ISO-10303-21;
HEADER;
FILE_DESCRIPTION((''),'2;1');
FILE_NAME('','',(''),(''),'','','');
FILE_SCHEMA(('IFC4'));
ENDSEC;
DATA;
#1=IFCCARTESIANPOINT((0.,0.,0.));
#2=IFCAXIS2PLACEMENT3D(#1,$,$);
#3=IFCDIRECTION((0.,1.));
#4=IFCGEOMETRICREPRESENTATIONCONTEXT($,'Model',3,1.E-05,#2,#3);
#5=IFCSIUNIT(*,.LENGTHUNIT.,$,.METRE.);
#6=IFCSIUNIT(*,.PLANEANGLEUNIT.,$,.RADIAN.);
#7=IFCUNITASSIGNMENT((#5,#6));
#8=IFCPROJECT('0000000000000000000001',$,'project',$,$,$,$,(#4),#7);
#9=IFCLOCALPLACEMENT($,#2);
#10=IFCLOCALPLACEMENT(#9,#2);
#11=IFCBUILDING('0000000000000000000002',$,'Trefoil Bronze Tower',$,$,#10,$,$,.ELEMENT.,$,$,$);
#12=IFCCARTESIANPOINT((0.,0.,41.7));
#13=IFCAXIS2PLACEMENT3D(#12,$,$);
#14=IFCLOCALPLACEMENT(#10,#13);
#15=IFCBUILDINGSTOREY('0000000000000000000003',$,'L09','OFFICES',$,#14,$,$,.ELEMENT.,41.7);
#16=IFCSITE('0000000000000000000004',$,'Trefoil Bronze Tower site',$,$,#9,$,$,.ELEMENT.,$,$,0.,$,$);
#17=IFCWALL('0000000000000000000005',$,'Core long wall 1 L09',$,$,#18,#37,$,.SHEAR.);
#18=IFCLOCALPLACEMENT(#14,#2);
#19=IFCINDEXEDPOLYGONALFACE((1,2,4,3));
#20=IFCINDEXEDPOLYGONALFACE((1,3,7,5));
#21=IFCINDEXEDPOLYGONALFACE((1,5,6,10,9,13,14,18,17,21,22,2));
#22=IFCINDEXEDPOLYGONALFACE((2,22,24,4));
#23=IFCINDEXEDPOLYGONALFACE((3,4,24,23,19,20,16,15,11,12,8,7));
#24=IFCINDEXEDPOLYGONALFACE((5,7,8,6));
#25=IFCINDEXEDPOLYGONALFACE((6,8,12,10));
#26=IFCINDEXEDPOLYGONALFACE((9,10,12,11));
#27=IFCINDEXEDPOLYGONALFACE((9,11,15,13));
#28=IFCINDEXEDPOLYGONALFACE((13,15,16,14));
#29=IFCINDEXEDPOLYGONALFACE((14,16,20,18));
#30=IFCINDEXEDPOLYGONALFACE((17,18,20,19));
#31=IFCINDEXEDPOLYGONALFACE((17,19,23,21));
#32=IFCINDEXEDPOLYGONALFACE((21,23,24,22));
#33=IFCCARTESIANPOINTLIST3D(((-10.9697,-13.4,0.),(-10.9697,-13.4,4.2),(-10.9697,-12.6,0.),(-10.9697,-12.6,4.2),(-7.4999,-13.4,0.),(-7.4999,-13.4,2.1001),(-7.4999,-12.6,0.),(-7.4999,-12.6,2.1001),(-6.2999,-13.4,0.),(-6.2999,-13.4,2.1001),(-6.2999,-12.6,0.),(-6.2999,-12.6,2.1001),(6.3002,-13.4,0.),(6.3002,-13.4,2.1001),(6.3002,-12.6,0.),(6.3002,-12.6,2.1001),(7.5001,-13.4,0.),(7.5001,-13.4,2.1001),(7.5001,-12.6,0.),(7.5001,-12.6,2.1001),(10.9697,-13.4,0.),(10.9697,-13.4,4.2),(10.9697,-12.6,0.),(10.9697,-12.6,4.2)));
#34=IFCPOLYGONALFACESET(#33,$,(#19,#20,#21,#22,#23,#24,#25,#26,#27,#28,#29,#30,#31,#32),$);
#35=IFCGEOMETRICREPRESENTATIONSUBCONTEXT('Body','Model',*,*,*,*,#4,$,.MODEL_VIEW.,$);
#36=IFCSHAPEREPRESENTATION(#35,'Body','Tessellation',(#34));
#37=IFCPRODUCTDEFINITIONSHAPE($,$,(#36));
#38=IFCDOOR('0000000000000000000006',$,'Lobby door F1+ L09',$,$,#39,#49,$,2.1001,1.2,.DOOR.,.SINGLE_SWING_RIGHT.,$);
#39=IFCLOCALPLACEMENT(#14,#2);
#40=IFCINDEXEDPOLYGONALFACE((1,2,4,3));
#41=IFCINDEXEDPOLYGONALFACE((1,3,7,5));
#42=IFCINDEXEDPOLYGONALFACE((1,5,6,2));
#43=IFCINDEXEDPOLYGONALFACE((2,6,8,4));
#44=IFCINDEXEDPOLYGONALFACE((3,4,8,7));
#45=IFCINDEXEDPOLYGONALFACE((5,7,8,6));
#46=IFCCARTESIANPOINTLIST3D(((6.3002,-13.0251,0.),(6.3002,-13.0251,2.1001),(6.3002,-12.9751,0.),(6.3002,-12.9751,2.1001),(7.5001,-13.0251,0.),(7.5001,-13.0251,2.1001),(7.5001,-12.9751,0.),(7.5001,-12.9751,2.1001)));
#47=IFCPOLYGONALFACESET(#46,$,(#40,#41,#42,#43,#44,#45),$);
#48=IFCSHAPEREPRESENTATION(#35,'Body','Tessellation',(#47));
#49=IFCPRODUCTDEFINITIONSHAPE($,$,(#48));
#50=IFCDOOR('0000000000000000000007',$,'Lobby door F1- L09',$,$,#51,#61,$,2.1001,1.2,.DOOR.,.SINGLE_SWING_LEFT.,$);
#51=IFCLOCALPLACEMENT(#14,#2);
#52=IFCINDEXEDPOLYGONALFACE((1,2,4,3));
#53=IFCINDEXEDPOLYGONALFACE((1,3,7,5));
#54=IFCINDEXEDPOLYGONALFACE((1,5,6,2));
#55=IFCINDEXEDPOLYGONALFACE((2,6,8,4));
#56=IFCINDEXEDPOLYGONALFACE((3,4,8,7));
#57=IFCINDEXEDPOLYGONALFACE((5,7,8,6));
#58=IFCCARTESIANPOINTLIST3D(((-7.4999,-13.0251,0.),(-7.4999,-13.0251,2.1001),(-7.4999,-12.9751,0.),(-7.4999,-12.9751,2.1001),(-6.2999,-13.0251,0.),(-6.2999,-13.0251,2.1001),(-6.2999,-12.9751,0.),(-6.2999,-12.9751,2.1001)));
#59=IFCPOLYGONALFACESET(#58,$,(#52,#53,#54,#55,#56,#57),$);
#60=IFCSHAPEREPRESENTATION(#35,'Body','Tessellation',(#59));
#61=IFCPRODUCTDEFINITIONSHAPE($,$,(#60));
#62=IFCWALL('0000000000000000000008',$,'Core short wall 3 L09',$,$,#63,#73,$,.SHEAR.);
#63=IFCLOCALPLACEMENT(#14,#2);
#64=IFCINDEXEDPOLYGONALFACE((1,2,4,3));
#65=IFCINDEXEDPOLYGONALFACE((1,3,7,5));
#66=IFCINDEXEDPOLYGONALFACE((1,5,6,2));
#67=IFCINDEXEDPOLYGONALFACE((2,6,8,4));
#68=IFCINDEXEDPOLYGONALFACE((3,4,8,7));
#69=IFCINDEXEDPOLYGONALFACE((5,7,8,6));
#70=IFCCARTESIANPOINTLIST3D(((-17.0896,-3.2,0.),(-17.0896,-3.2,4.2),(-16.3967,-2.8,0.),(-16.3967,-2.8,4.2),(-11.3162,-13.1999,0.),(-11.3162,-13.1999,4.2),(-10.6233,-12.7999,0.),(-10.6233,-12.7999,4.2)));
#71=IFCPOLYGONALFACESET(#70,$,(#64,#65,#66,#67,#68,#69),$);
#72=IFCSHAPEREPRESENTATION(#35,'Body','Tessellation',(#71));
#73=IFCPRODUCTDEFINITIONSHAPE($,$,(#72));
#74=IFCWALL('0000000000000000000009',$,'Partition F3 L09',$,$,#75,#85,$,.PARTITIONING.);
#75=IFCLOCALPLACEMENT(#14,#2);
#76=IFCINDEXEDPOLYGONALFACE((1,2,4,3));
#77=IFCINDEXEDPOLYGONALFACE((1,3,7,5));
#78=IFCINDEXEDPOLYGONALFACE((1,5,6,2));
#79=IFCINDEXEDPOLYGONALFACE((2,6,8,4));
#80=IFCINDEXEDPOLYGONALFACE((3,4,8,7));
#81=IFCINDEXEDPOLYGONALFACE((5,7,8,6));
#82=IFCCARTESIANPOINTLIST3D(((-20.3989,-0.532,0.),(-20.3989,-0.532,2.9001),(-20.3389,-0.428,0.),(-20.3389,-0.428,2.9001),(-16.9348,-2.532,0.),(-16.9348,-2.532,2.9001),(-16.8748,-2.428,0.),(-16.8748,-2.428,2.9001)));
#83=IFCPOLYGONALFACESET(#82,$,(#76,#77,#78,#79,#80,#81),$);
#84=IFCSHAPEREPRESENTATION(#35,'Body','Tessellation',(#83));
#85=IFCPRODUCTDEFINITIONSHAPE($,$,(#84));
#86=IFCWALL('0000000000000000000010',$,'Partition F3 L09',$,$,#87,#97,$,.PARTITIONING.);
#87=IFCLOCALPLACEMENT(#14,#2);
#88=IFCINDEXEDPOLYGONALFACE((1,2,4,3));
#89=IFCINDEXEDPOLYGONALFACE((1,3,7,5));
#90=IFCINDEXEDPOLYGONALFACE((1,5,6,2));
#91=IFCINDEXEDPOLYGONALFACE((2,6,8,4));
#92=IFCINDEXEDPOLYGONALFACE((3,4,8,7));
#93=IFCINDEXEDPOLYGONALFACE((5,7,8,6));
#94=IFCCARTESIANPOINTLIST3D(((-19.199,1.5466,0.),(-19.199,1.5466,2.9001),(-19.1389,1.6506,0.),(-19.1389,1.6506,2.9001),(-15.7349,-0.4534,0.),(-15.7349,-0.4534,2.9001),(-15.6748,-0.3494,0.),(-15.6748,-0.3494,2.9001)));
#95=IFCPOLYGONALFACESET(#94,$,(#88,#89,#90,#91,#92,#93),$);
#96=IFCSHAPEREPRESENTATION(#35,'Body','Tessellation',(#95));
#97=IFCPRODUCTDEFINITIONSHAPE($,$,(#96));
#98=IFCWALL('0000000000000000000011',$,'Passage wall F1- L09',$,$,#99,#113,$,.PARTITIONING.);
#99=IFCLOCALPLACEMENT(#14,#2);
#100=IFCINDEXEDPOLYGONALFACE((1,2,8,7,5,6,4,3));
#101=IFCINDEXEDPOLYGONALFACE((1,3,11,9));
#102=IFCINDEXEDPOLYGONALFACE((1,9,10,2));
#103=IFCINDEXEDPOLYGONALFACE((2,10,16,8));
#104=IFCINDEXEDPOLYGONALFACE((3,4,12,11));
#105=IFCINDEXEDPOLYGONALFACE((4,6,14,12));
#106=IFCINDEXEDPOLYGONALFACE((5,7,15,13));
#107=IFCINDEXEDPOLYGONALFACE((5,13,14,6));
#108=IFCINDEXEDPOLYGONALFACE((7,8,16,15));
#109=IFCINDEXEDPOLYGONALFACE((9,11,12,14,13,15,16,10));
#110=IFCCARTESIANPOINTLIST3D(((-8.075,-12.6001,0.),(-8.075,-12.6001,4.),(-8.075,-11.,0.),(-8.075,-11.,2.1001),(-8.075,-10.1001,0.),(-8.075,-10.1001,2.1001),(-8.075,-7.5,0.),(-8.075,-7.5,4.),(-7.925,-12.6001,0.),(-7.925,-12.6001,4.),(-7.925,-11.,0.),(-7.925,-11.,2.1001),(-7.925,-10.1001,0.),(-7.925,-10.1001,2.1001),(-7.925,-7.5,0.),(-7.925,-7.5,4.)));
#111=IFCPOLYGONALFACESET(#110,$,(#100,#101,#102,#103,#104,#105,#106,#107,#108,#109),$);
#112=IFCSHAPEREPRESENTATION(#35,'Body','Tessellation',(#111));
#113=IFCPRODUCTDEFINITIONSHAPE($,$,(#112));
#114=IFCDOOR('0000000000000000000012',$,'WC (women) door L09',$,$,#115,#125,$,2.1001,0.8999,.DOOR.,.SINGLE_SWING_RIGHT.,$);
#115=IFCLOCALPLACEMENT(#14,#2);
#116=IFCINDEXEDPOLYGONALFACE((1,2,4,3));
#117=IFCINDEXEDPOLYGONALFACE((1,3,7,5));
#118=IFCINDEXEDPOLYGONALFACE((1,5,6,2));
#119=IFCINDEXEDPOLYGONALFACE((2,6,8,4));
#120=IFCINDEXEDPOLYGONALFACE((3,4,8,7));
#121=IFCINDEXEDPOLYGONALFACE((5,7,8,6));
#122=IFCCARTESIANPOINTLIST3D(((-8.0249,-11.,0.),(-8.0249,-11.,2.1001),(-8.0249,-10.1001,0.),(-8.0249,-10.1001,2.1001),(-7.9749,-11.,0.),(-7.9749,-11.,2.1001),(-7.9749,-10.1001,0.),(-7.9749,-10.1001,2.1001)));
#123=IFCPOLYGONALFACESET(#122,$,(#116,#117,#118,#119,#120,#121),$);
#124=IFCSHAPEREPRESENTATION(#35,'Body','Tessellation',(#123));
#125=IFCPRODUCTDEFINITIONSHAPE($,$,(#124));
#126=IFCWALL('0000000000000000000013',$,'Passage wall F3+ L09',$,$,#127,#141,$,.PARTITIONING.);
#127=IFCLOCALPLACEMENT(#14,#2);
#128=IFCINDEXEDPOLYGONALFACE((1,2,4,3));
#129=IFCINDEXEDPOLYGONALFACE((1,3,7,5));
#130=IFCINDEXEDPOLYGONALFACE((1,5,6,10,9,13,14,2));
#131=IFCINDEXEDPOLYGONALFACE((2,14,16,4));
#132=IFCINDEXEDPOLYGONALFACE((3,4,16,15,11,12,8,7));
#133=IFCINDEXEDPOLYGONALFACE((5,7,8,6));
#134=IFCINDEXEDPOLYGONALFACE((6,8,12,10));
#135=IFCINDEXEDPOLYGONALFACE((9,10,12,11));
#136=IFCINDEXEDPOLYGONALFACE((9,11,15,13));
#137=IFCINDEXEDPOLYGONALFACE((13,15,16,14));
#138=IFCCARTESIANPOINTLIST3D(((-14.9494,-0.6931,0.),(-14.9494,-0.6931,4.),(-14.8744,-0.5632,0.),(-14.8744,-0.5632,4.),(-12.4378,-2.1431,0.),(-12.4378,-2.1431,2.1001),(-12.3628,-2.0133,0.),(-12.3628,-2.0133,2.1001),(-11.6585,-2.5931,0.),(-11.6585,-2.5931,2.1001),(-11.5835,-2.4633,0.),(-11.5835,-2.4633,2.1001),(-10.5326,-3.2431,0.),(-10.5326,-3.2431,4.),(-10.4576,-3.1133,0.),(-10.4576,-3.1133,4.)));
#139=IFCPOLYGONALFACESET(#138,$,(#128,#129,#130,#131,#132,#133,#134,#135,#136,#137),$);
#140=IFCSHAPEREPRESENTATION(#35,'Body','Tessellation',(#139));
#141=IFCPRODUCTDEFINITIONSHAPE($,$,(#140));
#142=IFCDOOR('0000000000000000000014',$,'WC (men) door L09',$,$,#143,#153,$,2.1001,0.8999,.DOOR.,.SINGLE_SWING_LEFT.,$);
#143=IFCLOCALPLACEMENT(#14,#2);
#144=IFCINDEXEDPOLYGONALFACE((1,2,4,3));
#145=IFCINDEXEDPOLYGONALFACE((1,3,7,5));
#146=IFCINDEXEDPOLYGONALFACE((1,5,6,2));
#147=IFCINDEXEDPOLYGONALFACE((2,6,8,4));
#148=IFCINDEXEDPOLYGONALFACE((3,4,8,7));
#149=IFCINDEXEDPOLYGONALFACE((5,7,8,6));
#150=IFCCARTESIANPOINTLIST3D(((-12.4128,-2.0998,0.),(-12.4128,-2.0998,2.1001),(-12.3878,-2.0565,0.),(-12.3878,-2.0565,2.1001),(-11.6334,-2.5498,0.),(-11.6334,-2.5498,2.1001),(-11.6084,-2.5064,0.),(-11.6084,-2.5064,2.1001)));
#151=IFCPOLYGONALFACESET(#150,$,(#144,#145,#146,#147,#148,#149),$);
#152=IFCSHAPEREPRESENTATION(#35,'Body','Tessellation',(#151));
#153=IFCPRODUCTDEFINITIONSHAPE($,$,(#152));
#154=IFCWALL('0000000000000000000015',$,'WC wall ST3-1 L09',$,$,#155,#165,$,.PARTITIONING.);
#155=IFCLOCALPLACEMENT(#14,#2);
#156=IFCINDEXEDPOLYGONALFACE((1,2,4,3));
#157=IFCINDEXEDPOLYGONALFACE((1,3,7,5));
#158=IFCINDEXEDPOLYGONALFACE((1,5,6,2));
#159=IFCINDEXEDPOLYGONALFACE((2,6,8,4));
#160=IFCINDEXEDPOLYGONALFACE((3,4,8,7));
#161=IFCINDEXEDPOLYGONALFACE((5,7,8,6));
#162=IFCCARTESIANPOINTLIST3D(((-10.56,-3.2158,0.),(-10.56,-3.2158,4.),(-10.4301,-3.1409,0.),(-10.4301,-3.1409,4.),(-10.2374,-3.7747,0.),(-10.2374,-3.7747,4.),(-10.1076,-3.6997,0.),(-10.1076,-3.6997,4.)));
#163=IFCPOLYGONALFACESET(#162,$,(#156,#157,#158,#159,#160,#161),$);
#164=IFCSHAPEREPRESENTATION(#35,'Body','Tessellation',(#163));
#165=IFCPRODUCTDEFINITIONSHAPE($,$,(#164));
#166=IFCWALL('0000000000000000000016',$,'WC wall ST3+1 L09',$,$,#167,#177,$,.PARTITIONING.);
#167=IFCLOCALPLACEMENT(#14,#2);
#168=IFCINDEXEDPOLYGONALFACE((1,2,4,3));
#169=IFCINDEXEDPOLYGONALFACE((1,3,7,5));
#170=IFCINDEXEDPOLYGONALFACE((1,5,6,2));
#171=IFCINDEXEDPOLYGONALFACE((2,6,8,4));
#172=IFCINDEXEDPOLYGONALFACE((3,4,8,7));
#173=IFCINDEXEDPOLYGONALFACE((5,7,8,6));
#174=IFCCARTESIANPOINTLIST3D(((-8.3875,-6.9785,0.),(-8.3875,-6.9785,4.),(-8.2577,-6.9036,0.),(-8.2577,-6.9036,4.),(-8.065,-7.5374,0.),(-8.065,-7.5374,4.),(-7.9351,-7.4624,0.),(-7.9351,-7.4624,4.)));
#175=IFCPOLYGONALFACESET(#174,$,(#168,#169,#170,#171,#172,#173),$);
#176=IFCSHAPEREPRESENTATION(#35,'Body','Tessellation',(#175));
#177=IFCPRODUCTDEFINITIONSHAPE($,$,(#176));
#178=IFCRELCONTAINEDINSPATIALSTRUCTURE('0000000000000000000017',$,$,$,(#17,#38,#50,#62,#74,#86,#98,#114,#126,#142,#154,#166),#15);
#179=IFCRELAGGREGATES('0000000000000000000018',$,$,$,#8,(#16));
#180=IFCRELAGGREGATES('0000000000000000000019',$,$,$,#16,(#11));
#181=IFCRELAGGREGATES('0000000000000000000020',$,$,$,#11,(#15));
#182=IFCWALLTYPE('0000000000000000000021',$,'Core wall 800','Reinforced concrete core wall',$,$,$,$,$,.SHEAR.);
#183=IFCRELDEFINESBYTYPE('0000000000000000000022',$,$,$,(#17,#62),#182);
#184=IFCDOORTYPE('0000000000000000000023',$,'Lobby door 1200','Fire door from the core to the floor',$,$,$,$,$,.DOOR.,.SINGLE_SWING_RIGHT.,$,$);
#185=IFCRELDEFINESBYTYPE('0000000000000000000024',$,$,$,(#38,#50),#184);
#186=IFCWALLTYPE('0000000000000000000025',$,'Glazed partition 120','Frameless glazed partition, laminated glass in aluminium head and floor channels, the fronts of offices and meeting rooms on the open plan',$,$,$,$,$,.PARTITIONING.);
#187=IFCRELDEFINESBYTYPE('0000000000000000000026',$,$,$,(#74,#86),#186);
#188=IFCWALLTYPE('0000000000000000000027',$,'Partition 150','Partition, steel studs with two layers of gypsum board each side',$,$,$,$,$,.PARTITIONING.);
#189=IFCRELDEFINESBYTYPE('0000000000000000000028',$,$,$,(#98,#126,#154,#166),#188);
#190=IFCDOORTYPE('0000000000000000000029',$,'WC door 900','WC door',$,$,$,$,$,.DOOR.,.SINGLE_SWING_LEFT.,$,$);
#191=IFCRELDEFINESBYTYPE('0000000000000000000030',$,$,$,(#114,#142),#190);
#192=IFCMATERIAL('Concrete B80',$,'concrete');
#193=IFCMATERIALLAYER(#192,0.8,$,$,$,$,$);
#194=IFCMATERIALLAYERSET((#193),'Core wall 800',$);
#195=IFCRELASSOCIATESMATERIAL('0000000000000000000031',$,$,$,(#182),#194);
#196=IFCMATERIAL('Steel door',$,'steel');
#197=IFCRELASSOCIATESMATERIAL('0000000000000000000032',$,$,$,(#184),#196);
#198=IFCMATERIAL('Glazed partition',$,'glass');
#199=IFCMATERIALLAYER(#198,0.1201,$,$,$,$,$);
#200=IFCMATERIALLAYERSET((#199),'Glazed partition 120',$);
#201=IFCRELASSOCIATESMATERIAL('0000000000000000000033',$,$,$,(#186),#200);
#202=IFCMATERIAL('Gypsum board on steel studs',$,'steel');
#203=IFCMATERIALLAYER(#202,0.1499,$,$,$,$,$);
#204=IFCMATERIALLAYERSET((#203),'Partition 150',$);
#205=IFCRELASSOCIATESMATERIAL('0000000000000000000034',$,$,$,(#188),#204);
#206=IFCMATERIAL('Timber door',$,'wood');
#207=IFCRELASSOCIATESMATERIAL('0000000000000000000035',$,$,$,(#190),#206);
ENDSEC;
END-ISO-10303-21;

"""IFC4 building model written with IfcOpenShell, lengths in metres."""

from ifc_helpers import new_model, si_unit, direction, frame, frame_2d, origin, place, context, subcontext, project, spatial, rectangle, extrude, material, layer, layer_set, type_object, element, fill, save


model = new_model("IFC4")

# Units and contexts
model_context = context("Model", 3, precision=1e-05, world=origin(), true_north=direction((0.0, 1.0)))
body_context = subcontext(model_context, "Body", "Model", "MODEL_VIEW")
ifc_project = project(units=[si_unit("LENGTHUNIT", "METRE"), si_unit("PLANEANGLEUNIT", "RADIAN")], contexts=[model_context])

# Site, building, storey
site_placement = place(None, origin())
site = spatial("IfcSite", under=ifc_project, at=site_placement, Name="Trefoil Bronze Tower site", CompositionType="ELEMENT", RefElevation=0.0)
building_placement = place(site_placement, origin())
building = spatial("IfcBuilding", under=site, at=building_placement, Name="Trefoil Bronze Tower", CompositionType="ELEMENT")
storey_placement = place(building_placement, frame((0.0, 0.0, 41.7)))
storey = spatial("IfcBuildingStorey", under=building, at=storey_placement, Name="L09", Description="OFFICES", CompositionType="ELEMENT", Elevation=41.7)

# Wall, openings, doors
ifc_material_1 = material(Name="Concrete B80", Category="concrete")
ifc_layer_1 = layer(ifc_material_1, 0.8)
ifc_layer_set_1 = layer_set([ifc_layer_1], Name="Core wall 800")
wall_type_1 = type_object("IfcWallType", Name="Core wall 800", Description="Reinforced concrete core wall", PredefinedType="SHEAR", material=ifc_layer_set_1)
wall_1_placement = place(storey_placement, frame((-10.9697, -13.0, 0.0), z_axis=(0.0, 0.0, 1.0), x_axis=(1.0, 0.0, 0.0)))
wall_1 = element("IfcWall", 1, at=wall_1_placement, inside=storey, type_object=wall_type_1, Name="Core long wall 1 L09", PredefinedType="SHEAR", context=body_context, shape_type="SweptSolid", body=[
    extrude(rectangle(XDim=21.9395, YDim=0.8, at=frame_2d((10.9697, 0.0))), origin(), (0.0, 0.0, 1.0), 4.2),
])
opening_1_placement = place(wall_1_placement, frame((17.2698, 0.0, 0.0)))
opening_1 = element("IfcOpeningElement", 2, at=opening_1_placement, cuts=wall_1, PredefinedType="OPENING", context=body_context, shape_type="SweptSolid", body=[
    extrude(rectangle(XDim=1.2, YDim=2.1001, at=frame_2d((0.6001, 1.05))), frame((0.0, 0.4099, 0.0), z_axis=(0.0, -1.0, 0.0), x_axis=(1.0, 0.0, 0.0)), (0.0, 0.0, 1.0), 0.8201),
])
opening_2_placement = place(wall_1_placement, frame((3.4697, 0.0, 0.0)))
opening_2 = element("IfcOpeningElement", 3, at=opening_2_placement, cuts=wall_1, PredefinedType="OPENING", context=body_context, shape_type="SweptSolid", body=[
    extrude(rectangle(XDim=1.2, YDim=2.1001, at=frame_2d((0.6001, 1.05))), frame((0.0, 0.4099, 0.0), z_axis=(0.0, -1.0, 0.0), x_axis=(1.0, 0.0, 0.0)), (0.0, 0.0, 1.0), 0.8201),
])
ifc_material_2 = material(Name="Steel door", Category="steel")
door_type_1 = type_object("IfcDoorType", Name="Lobby door 1200", Description="Fire door from the core to the floor", OperationType="SINGLE_SWING_RIGHT", PredefinedType="DOOR", material=ifc_material_2)
door_1_placement = place(opening_1_placement, origin())
door_1 = element("IfcDoor", 4, at=door_1_placement, inside=storey, type_object=door_type_1, Name="Lobby door F1+ L09", OperationType="SINGLE_SWING_RIGHT", OverallHeight=2.1001, OverallWidth=1.2, PredefinedType="DOOR", context=body_context, shape_type="SweptSolid", body=[
    extrude(rectangle(XDim=1.2, YDim=2.1001, at=frame_2d((0.6001, 1.05))), frame((0.0, 0.0249, 0.0), z_axis=(0.0, -1.0, 0.0), x_axis=(1.0, 0.0, 0.0)), (0.0, 0.0, 1.0), 0.05),
])
fill(opening_1, door_1)
door_2_placement = place(opening_2_placement, origin())
door_2 = element("IfcDoor", 5, at=door_2_placement, inside=storey, type_object=door_type_1, Name="Lobby door F1- L09", OperationType="SINGLE_SWING_LEFT", OverallHeight=2.1001, OverallWidth=1.2, PredefinedType="DOOR", context=body_context, shape_type="SweptSolid", body=[
    extrude(rectangle(XDim=1.2, YDim=2.1001, at=frame_2d((0.6001, 1.05))), frame((0.0, 0.0249, 0.0), z_axis=(0.0, -1.0, 0.0), x_axis=(1.0, 0.0, 0.0)), (0.0, 0.0, 1.0), 0.05),
])
fill(opening_2, door_2)

# Walls
wall_2_placement = place(storey_placement, frame((-16.7432, -3.0, 0.0), z_axis=(0.0, 0.0, 1.0), x_axis=(0.499996, -0.866028, 0.0)))
element("IfcWall", 6, at=wall_2_placement, inside=storey, type_object=wall_type_1, Name="Core short wall 3 L09", PredefinedType="SHEAR", context=body_context, shape_type="SweptSolid", body=[
    extrude(rectangle(XDim=11.5469, YDim=0.8, at=frame_2d((5.7734, 0.0))), origin(), (0.0, 0.0, 1.0), 4.2),
])
ifc_material_3 = material(Name="Glazed partition", Category="glass")
ifc_layer_2 = layer(ifc_material_3, 0.1201)
ifc_layer_set_2 = layer_set([ifc_layer_2], Name="Glazed partition 120")
wall_type_2 = type_object("IfcWallType", Name="Glazed partition 120", Description="Frameless glazed partition, laminated glass in aluminium head and floor channels, the fronts of offices and meeting rooms on the open plan", PredefinedType="PARTITIONING", material=ifc_layer_set_2)
for number, where, z_axis, x_axis, name in (
    (7, (-16.9048, -2.48, 0.0), (0.0, 0.0, 1.0), (-0.866026, 0.499999, 0.0), "Partition F3 L09"),
    (8, (-15.7048, -0.4014, 0.0), (0.0, 0.0, 1.0), (-0.866026, 0.499999, 0.0), "Partition F3 L09"),
):
    element("IfcWall", number, at=place(storey_placement, frame(where, z_axis=z_axis, x_axis=x_axis)), inside=storey, type_object=wall_type_2, Name=name, PredefinedType="PARTITIONING", context=body_context, shape_type="SweptSolid", body=[
        extrude(rectangle(XDim=4.0, YDim=0.1201, at=frame_2d((2.0, 0.0))), origin(), (0.0, 0.0, 1.0), 2.9001),
    ])

# Walls, openings, doors
ifc_material_4 = material(Name="Gypsum board on steel studs", Category="steel")
ifc_layer_3 = layer(ifc_material_4, 0.1499)
ifc_layer_set_3 = layer_set([ifc_layer_3], Name="Partition 150")
wall_type_3 = type_object("IfcWallType", Name="Partition 150", Description="Partition, steel studs with two layers of gypsum board each side", PredefinedType="PARTITIONING", material=ifc_layer_set_3)
wall_3_placement = place(storey_placement, frame((-8.0, -7.5, 0.0), z_axis=(0.0, 0.0, 1.0), x_axis=(0.0, -1.0, 0.0)))
wall_3 = element("IfcWall", 9, at=wall_3_placement, inside=storey, type_object=wall_type_3, Name="Passage wall F1- L09", PredefinedType="PARTITIONING", context=body_context, shape_type="SweptSolid", body=[
    extrude(rectangle(XDim=5.1001, YDim=0.1499, at=frame_2d((2.55, 0.0))), origin(), (0.0, 0.0, 1.0), 4.0),
])
opening_3_placement = place(wall_3_placement, frame((2.6001, 0.0, 0.0)))
opening_3 = element("IfcOpeningElement", 10, at=opening_3_placement, cuts=wall_3, PredefinedType="OPENING", context=body_context, shape_type="SweptSolid", body=[
    extrude(rectangle(XDim=0.8999, YDim=2.1001, at=frame_2d((0.45, 1.05))), frame((0.0, 0.085, 0.0), z_axis=(0.0, -1.0, 0.0), x_axis=(1.0, 0.0, 0.0)), (0.0, 0.0, 1.0), 0.1699),
])
ifc_material_5 = material(Name="Timber door", Category="wood")
door_type_2 = type_object("IfcDoorType", Name="WC door 900", Description="WC door", OperationType="SINGLE_SWING_LEFT", PredefinedType="DOOR", material=ifc_material_5)
door_3_placement = place(opening_3_placement, frame((0.8999, 0.0, 0.0), z_axis=(0.0, 0.0, 1.0), x_axis=(-1.0, 0.0, 0.0)))
door_3 = element("IfcDoor", 11, at=door_3_placement, inside=storey, type_object=door_type_2, Name="WC (women) door L09", OperationType="SINGLE_SWING_RIGHT", OverallHeight=2.1001, OverallWidth=0.8999, PredefinedType="DOOR", context=body_context, shape_type="SweptSolid", body=[
    extrude(rectangle(XDim=0.8999, YDim=2.1001, at=frame_2d((0.45, 1.05))), frame((0.0, 0.0249, 0.0), z_axis=(0.0, -1.0, 0.0), x_axis=(1.0, 0.0, 0.0)), (0.0, 0.0, 1.0), 0.05),
])
fill(opening_3, door_3)
wall_4_placement = place(storey_placement, frame((-10.4951, -3.1782, 0.0), z_axis=(0.0, 0.0, 1.0), x_axis=(-0.866022, 0.500006, 0.0)))
wall_4 = element("IfcWall", 12, at=wall_4_placement, inside=storey, type_object=wall_type_3, Name="Passage wall F3+ L09", PredefinedType="PARTITIONING", context=body_context, shape_type="SweptSolid", body=[
    extrude(rectangle(XDim=5.1001, YDim=0.1499, at=frame_2d((2.55, 0.0))), origin(), (0.0, 0.0, 1.0), 4.0),
])
opening_4_placement = place(wall_4_placement, frame((1.3, 0.0, 0.0)))
opening_4 = element("IfcOpeningElement", 13, at=opening_4_placement, cuts=wall_4, PredefinedType="OPENING", context=body_context, shape_type="SweptSolid", body=[
    extrude(rectangle(XDim=0.8999, YDim=2.1001, at=frame_2d((0.45, 1.05))), frame((0.0, 0.085, 0.0), z_axis=(0.0, -1.0, 0.0), x_axis=(1.0, 0.0, 0.0)), (0.0, 0.0, 1.0), 0.1699),
])
door_4_placement = place(opening_4_placement, origin())
door_4 = element("IfcDoor", 14, at=door_4_placement, inside=storey, type_object=door_type_2, Name="WC (men) door L09", OperationType="SINGLE_SWING_LEFT", OverallHeight=2.1001, OverallWidth=0.8999, PredefinedType="DOOR", context=body_context, shape_type="SweptSolid", body=[
    extrude(rectangle(XDim=0.8999, YDim=2.1001, at=frame_2d((0.45, 1.05))), frame((0.0, 0.0249, 0.0), z_axis=(0.0, -1.0, 0.0), x_axis=(1.0, 0.0, 0.0)), (0.0, 0.0, 1.0), 0.05),
])
fill(opening_4, door_4)

# Walls
for number, where, z_axis, x_axis, name in (
    (15, (-10.4951, -3.1782, 0.0), (0.0, 0.0, 1.0), (0.499843, -0.866116, 0.0), "WC wall ST3-1 L09"),
    (16, (-8.0, -7.5, 0.0), (0.0, 0.0, 1.0), (-0.499843, 0.866116, 0.0), "WC wall ST3+1 L09"),
):
    element("IfcWall", number, at=place(storey_placement, frame(where, z_axis=z_axis, x_axis=x_axis)), inside=storey, type_object=wall_type_3, Name=name, PredefinedType="PARTITIONING", context=body_context, shape_type="SweptSolid", body=[
        extrude(rectangle(XDim=0.6453, YDim=0.1499, at=frame_2d((0.3228, 0.0))), origin(), (0.0, 0.0, 1.0), 4.0),
    ])

save(model, "model.ifc")
